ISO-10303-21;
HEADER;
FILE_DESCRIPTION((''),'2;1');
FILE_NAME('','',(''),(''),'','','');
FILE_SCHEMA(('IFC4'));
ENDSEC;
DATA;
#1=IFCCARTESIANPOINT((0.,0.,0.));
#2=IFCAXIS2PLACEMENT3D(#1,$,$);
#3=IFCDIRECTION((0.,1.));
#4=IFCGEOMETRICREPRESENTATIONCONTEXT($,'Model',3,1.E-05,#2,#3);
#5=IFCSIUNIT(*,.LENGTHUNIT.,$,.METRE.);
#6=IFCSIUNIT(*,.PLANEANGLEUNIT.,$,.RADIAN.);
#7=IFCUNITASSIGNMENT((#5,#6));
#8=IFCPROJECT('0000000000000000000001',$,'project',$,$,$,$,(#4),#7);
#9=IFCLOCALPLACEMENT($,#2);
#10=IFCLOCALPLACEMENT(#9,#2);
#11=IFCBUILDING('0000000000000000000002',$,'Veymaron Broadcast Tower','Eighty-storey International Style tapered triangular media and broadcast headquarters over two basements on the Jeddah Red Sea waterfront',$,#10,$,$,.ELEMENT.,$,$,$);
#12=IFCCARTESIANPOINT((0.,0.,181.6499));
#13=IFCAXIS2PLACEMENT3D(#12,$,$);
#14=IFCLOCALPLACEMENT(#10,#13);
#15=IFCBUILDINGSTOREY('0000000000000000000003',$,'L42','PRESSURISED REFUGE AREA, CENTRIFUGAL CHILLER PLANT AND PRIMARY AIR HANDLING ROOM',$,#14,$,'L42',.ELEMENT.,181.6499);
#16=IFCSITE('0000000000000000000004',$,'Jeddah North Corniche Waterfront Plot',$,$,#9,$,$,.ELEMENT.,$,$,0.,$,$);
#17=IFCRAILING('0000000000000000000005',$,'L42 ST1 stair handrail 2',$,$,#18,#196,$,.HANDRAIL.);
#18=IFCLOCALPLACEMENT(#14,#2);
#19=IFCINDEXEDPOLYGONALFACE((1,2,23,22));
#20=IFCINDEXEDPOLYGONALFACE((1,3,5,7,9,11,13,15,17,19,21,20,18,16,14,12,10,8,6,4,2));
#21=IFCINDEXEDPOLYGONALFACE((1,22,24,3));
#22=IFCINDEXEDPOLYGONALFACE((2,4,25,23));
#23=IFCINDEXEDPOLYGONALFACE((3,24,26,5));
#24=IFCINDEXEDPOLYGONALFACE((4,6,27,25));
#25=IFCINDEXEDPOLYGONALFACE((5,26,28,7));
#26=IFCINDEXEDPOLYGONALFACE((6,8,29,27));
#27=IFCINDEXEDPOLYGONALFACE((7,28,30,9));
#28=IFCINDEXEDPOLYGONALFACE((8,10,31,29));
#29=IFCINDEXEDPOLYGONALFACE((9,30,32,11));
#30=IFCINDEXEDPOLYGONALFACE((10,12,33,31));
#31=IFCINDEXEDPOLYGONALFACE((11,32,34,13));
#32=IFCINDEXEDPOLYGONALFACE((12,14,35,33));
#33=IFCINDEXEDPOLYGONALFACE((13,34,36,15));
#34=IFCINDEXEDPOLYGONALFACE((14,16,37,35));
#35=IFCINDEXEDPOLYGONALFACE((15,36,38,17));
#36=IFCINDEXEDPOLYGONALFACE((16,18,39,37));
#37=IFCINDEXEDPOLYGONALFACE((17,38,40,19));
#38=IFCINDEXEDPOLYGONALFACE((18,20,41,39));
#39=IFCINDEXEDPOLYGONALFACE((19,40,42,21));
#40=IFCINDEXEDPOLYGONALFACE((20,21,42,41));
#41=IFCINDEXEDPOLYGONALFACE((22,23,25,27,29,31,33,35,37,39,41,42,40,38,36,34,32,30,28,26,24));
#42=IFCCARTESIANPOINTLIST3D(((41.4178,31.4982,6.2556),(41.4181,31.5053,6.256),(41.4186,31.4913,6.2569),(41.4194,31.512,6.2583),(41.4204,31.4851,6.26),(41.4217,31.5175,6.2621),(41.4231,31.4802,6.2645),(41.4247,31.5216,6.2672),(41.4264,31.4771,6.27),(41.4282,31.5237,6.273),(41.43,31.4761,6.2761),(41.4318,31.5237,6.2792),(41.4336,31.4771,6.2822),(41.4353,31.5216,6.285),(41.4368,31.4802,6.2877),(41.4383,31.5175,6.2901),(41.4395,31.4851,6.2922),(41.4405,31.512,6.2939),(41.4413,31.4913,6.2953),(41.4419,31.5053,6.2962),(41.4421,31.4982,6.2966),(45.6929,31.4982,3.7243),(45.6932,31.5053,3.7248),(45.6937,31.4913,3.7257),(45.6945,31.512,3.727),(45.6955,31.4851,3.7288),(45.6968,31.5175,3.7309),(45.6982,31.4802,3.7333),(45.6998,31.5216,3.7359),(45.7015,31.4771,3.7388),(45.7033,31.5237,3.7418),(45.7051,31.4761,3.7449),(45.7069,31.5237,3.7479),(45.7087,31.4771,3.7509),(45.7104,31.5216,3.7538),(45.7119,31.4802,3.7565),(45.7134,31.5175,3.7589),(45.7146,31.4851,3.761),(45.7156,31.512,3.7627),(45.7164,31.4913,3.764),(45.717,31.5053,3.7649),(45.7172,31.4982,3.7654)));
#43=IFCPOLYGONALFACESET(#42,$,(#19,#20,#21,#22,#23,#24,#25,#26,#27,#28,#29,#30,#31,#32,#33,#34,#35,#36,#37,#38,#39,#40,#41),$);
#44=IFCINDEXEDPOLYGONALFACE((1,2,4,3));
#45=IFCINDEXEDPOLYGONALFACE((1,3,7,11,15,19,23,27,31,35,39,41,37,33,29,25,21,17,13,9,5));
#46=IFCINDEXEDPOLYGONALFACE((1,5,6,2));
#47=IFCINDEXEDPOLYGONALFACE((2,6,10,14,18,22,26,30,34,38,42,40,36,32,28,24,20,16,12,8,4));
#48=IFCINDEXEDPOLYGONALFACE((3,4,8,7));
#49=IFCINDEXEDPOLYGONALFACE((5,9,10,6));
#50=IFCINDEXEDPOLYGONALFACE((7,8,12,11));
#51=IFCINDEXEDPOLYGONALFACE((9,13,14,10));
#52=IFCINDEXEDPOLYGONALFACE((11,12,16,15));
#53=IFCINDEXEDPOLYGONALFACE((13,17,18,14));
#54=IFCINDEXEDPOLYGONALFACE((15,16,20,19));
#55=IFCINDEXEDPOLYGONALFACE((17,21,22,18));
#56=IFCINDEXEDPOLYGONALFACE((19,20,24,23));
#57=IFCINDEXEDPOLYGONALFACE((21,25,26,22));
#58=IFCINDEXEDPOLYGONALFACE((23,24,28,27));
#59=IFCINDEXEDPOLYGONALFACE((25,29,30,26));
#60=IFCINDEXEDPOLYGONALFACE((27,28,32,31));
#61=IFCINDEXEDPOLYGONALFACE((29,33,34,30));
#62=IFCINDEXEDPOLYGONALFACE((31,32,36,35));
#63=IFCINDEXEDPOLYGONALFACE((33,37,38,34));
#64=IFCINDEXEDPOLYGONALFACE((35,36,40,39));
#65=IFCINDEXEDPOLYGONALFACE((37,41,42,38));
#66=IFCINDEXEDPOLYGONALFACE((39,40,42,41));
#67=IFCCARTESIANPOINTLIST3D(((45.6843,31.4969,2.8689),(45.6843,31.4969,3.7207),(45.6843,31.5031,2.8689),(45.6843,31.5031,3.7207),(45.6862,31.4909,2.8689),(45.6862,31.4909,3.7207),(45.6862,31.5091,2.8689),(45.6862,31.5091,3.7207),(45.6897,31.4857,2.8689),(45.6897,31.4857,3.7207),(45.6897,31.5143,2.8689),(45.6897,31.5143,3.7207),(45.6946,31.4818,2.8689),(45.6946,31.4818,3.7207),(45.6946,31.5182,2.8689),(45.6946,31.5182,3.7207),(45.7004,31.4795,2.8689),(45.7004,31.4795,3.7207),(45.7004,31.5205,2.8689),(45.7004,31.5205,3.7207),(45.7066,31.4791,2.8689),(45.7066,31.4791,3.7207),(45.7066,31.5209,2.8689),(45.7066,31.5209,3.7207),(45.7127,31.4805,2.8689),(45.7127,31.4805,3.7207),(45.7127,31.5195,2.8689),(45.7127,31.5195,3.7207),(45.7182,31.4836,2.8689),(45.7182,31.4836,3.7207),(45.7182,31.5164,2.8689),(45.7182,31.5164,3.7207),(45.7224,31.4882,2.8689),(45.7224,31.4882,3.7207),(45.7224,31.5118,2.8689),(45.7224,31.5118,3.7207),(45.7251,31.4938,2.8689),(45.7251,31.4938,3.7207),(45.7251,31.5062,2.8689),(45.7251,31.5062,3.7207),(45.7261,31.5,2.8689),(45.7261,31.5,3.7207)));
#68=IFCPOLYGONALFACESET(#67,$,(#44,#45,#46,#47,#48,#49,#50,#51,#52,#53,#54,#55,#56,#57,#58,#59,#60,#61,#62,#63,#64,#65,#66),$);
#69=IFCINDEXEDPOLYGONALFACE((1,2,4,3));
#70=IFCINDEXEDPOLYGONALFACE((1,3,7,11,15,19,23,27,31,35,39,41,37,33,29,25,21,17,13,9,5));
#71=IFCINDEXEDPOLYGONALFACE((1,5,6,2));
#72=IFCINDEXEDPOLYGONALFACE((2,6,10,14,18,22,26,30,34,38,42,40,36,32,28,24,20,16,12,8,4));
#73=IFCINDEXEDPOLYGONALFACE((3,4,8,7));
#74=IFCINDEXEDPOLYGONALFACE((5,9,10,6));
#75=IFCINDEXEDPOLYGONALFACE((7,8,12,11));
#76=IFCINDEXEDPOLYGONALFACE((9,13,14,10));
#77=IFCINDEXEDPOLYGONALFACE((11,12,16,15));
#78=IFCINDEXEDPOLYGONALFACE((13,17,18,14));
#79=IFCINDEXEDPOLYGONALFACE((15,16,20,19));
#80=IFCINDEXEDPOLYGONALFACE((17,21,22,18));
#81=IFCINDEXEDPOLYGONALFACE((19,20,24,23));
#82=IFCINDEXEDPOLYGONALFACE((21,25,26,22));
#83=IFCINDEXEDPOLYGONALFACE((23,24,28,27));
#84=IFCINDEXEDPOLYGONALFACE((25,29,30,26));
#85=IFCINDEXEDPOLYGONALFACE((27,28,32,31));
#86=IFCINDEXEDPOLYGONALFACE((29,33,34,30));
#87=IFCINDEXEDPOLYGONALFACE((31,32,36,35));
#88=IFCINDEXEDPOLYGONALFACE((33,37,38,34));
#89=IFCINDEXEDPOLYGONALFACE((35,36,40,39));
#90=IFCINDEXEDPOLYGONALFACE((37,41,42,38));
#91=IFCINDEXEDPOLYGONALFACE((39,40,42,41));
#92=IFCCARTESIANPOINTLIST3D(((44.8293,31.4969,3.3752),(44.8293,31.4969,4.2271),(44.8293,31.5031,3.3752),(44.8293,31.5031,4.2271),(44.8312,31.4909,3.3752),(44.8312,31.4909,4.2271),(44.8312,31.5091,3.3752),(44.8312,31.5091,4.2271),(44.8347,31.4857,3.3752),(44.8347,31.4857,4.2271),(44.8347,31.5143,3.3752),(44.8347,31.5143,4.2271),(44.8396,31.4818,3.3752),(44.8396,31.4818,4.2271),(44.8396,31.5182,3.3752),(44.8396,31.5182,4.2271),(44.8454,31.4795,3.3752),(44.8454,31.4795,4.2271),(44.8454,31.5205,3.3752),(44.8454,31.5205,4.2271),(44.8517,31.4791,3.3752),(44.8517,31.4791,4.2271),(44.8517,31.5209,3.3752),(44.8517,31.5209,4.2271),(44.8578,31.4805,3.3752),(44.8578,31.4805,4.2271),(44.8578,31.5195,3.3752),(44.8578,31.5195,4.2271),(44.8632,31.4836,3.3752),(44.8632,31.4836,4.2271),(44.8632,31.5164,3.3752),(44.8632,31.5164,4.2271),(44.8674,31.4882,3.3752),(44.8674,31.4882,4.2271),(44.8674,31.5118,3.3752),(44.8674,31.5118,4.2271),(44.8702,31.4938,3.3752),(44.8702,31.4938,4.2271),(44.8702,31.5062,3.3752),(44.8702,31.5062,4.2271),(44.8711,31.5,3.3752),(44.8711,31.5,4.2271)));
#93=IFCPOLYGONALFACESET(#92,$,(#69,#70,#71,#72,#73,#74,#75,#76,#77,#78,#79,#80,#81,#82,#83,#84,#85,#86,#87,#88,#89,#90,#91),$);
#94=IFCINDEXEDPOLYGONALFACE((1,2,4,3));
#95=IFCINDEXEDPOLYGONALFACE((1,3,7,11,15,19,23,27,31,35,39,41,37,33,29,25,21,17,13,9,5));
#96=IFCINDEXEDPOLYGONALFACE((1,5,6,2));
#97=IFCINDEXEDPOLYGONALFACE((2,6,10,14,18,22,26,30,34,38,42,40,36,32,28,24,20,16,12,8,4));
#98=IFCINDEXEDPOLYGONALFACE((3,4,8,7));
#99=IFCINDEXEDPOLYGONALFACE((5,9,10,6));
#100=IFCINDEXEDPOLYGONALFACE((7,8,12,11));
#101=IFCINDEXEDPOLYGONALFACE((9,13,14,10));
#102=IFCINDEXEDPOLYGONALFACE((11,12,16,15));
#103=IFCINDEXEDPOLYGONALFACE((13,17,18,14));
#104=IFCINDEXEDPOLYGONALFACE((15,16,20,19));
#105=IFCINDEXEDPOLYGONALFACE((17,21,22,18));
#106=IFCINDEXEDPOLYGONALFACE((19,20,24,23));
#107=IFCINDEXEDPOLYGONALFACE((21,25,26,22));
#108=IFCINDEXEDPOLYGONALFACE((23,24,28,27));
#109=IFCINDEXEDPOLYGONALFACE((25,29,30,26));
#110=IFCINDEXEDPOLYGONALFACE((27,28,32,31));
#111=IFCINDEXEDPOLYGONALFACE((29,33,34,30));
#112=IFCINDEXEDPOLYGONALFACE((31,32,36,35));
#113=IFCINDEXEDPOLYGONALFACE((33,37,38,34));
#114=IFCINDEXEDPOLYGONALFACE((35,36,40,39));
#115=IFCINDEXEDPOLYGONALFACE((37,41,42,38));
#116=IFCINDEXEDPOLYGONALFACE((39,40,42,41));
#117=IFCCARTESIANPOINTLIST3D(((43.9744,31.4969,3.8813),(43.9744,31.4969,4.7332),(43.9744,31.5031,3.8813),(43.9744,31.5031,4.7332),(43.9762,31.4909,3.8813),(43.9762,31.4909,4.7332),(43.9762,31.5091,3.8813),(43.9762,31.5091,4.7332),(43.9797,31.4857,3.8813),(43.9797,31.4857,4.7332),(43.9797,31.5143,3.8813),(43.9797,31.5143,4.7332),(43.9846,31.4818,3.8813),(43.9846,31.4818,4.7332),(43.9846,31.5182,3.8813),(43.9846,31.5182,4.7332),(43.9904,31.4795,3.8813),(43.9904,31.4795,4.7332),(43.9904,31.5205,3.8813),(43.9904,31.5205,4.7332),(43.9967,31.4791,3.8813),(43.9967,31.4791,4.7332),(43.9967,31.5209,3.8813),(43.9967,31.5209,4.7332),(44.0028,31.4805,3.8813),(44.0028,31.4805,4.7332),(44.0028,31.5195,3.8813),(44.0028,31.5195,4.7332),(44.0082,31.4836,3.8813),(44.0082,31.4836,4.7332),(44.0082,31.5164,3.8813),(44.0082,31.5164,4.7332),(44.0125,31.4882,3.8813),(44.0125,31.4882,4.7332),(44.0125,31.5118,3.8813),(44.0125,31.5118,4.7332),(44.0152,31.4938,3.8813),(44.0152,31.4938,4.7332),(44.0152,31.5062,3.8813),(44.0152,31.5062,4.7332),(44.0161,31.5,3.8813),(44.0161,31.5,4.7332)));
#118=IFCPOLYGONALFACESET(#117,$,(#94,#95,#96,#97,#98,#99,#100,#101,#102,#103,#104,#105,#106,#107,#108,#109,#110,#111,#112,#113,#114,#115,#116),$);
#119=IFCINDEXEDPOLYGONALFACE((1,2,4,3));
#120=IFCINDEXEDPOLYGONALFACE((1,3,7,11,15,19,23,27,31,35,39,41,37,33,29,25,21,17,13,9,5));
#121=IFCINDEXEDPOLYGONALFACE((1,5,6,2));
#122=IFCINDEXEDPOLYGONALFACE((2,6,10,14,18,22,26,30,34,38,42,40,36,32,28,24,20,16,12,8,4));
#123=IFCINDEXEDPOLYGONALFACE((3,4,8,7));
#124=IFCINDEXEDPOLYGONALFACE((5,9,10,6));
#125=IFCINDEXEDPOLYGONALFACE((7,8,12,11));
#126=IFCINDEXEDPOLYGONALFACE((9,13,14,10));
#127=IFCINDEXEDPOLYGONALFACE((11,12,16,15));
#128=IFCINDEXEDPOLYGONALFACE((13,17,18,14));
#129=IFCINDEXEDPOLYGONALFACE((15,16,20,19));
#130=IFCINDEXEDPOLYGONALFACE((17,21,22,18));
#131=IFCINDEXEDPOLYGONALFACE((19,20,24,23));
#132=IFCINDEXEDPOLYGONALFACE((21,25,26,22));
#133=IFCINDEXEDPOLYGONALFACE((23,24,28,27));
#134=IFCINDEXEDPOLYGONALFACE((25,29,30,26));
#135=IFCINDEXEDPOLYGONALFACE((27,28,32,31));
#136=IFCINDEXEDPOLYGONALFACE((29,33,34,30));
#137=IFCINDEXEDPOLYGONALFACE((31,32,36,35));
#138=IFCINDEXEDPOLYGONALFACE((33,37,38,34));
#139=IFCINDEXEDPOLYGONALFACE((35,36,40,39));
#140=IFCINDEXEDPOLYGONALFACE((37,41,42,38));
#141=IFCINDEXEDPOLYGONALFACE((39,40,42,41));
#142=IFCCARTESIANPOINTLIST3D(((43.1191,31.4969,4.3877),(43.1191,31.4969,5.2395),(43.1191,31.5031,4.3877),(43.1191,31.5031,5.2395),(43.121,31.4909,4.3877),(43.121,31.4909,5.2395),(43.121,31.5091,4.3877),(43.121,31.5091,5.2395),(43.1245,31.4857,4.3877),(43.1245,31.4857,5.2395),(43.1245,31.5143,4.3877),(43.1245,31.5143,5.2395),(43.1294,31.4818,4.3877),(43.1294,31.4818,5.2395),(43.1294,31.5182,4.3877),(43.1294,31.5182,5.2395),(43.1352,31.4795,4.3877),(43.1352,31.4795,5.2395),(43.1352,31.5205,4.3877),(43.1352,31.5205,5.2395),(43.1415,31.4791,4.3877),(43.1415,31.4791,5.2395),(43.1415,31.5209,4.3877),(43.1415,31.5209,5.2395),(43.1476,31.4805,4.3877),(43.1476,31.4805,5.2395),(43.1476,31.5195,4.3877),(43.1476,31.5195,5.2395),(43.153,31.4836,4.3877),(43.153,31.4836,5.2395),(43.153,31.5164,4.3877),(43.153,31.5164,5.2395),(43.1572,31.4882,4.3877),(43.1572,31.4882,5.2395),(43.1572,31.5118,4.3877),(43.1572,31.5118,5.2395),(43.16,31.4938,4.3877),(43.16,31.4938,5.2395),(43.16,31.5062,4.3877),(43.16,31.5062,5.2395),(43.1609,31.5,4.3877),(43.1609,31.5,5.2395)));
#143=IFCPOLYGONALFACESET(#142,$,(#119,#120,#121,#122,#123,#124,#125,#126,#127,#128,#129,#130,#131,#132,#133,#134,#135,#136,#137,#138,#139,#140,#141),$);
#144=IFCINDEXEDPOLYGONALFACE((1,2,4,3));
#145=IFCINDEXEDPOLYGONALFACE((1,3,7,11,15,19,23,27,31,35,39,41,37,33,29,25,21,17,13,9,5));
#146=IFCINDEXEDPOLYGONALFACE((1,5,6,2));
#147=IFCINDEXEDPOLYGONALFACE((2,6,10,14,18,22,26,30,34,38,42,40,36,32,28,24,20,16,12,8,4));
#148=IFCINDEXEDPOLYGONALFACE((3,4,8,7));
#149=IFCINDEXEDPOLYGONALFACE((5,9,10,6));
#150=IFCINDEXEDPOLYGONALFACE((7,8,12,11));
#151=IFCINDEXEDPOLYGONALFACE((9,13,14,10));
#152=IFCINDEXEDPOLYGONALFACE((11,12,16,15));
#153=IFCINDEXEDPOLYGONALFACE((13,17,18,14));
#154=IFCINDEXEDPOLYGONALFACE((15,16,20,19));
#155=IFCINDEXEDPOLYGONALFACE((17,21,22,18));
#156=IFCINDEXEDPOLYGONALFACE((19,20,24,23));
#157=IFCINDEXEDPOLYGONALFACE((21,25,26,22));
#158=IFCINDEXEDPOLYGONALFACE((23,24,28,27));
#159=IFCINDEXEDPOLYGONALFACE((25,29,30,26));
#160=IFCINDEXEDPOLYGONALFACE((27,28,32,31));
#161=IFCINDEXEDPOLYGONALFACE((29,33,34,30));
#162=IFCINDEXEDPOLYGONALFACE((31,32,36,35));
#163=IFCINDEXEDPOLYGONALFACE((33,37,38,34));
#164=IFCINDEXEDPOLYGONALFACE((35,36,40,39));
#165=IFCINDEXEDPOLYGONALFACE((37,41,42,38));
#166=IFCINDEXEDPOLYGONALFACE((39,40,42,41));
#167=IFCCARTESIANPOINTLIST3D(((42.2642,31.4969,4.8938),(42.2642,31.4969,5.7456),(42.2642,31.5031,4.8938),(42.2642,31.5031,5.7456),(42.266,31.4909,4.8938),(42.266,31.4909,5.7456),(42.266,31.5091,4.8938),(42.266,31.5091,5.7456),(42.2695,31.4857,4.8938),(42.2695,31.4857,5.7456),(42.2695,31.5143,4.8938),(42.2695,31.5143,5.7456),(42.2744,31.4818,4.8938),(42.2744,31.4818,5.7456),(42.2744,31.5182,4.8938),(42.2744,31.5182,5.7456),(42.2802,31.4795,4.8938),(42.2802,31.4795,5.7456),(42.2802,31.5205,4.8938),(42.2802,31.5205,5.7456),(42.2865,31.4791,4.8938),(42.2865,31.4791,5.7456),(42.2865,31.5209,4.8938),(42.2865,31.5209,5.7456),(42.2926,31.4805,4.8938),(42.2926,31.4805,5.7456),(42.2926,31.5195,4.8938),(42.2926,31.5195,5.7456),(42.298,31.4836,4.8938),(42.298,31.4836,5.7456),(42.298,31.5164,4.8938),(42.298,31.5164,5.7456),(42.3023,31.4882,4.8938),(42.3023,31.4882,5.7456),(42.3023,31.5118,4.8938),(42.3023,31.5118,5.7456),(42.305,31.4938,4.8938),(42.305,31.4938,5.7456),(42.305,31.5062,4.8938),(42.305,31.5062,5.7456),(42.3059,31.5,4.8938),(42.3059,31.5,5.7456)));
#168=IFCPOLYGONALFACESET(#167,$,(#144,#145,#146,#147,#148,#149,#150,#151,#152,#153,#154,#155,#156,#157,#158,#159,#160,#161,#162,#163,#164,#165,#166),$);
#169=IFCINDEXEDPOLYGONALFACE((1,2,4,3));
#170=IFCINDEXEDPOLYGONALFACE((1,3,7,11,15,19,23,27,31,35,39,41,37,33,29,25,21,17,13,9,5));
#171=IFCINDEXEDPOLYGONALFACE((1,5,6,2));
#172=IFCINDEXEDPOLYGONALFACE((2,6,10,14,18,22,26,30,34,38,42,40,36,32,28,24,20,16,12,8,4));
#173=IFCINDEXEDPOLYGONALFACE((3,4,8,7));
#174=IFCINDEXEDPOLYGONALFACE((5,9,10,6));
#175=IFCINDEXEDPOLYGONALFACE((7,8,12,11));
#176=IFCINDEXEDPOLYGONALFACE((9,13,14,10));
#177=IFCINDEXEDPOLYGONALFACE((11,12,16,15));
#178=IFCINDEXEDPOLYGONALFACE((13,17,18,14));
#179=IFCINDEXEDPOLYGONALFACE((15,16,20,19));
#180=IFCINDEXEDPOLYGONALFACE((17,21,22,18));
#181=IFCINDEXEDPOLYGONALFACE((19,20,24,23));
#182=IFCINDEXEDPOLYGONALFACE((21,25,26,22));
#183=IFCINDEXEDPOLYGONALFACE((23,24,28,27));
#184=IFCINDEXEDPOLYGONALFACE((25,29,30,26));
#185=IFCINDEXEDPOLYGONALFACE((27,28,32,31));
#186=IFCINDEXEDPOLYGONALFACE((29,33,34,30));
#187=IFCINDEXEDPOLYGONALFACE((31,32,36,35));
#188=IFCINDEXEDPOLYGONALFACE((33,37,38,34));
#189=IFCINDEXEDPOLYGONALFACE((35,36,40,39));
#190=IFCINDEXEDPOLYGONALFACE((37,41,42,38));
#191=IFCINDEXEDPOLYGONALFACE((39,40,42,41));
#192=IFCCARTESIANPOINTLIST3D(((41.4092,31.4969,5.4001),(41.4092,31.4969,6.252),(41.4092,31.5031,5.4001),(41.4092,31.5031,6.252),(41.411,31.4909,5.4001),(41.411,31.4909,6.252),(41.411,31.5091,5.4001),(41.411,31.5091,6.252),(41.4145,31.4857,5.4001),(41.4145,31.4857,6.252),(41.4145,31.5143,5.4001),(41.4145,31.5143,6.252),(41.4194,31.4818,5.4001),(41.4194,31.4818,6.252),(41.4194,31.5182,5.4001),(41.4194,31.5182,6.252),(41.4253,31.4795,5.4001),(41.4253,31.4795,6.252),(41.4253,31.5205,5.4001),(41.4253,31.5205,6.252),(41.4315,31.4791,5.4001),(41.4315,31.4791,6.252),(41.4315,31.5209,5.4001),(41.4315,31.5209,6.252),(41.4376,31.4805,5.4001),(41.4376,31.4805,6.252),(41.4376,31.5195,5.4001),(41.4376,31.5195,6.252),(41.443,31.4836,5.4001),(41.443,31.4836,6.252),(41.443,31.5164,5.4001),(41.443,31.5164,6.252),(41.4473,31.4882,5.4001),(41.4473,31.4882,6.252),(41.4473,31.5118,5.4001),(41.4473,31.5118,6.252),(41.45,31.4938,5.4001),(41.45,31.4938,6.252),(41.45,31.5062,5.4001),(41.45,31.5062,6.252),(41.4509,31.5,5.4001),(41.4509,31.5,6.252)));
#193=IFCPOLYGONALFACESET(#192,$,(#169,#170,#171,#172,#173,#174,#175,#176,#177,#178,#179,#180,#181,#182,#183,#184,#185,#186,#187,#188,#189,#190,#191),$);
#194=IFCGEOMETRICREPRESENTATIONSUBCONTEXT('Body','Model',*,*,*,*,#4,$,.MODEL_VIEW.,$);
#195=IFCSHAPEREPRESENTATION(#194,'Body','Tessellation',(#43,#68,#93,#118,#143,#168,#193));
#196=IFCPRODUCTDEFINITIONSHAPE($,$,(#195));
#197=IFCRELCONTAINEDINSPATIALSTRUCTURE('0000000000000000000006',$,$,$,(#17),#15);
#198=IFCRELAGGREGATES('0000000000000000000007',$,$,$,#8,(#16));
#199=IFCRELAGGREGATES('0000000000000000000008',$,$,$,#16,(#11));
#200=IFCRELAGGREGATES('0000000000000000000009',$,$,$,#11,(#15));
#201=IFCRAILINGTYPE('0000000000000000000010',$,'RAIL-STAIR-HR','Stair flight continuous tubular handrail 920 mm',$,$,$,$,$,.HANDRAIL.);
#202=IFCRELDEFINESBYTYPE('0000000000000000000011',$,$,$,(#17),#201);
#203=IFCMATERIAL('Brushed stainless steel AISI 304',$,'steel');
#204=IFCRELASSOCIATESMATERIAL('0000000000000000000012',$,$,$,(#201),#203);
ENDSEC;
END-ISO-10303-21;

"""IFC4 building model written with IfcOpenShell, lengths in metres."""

from ifc_helpers import new_model, si_unit, direction, frame, origin, origin_2d, place, context, subcontext, project, spatial, circle, extrude, material, type_object, element, save


model = new_model("IFC4")

# Units and contexts
model_context = context("Model", 3, precision=1e-05, world=origin(), true_north=direction((0.0, 1.0)))
body_context = subcontext(model_context, "Body", "Model", "MODEL_VIEW")
ifc_project = project(units=[si_unit("LENGTHUNIT", "METRE"), si_unit("PLANEANGLEUNIT", "RADIAN")], contexts=[model_context])

# Site, building, storey
site_placement = place(None, origin())
site = spatial("IfcSite", under=ifc_project, at=site_placement, Name="Jeddah North Corniche Waterfront Plot", CompositionType="ELEMENT", RefElevation=0.0)
building_placement = place(site_placement, origin())
building = spatial("IfcBuilding", under=site, at=building_placement, Name="Veymaron Broadcast Tower", Description="Eighty-storey International Style tapered triangular media and broadcast headquarters over two basements on the Jeddah Red Sea waterfront", CompositionType="ELEMENT")
storey_placement = place(building_placement, frame((0.0, 0.0, 181.6499)))
storey = spatial("IfcBuildingStorey", under=building, at=storey_placement, Name="L42", Description="PRESSURISED REFUGE AREA, CENTRIFUGAL CHILLER PLANT AND PRIMARY AIR HANDLING ROOM", LongName="L42", CompositionType="ELEMENT", Elevation=181.6499)

# Railing
ifc_material_1 = material(Name="Brushed stainless steel AISI 304", Category="steel")
railing_type_1 = type_object("IfcRailingType", Name="RAIL-STAIR-HR", Description="Stair flight continuous tubular handrail 920 mm", PredefinedType="HANDRAIL", material=ifc_material_1)
railing_1_placement = place(storey_placement, frame((45.7051, 31.5, 2.8689)))
element("IfcRailing", 1, at=railing_1_placement, inside=storey, type_object=railing_type_1, Name="L42 ST1 stair handrail 2", PredefinedType="HANDRAIL", context=body_context, shape_type="SweptSolid", body=[
    extrude(circle(Radius=0.0239, at=origin_2d()), frame((0.0, 0.0, 0.876), z_axis=(-0.860483, 0.0, 0.509479), x_axis=(0.0, -1.0, 0.0)), (0.0, 0.0, 1.0), 4.9683),
    extrude(circle(Radius=0.021, at=origin_2d()), origin(), (0.0, 0.0, 1.0), 0.8518),
    extrude(circle(Radius=0.021, at=origin_2d()), frame((-0.855, 0.0, 0.5063)), (0.0, 0.0, 1.0), 0.8518),
    extrude(circle(Radius=0.021, at=origin_2d()), frame((-1.71, 0.0, 1.0125)), (0.0, 0.0, 1.0), 0.8518),
    extrude(circle(Radius=0.021, at=origin_2d()), frame((-2.5652, 0.0, 1.5188)), (0.0, 0.0, 1.0), 0.8518),
    extrude(circle(Radius=0.021, at=origin_2d()), frame((-3.4202, 0.0, 2.0249)), (0.0, 0.0, 1.0), 0.8518),
    extrude(circle(Radius=0.021, at=origin_2d()), frame((-4.2751, 0.0, 2.5312)), (0.0, 0.0, 1.0), 0.8518),
])

save(model, "model.ifc")
